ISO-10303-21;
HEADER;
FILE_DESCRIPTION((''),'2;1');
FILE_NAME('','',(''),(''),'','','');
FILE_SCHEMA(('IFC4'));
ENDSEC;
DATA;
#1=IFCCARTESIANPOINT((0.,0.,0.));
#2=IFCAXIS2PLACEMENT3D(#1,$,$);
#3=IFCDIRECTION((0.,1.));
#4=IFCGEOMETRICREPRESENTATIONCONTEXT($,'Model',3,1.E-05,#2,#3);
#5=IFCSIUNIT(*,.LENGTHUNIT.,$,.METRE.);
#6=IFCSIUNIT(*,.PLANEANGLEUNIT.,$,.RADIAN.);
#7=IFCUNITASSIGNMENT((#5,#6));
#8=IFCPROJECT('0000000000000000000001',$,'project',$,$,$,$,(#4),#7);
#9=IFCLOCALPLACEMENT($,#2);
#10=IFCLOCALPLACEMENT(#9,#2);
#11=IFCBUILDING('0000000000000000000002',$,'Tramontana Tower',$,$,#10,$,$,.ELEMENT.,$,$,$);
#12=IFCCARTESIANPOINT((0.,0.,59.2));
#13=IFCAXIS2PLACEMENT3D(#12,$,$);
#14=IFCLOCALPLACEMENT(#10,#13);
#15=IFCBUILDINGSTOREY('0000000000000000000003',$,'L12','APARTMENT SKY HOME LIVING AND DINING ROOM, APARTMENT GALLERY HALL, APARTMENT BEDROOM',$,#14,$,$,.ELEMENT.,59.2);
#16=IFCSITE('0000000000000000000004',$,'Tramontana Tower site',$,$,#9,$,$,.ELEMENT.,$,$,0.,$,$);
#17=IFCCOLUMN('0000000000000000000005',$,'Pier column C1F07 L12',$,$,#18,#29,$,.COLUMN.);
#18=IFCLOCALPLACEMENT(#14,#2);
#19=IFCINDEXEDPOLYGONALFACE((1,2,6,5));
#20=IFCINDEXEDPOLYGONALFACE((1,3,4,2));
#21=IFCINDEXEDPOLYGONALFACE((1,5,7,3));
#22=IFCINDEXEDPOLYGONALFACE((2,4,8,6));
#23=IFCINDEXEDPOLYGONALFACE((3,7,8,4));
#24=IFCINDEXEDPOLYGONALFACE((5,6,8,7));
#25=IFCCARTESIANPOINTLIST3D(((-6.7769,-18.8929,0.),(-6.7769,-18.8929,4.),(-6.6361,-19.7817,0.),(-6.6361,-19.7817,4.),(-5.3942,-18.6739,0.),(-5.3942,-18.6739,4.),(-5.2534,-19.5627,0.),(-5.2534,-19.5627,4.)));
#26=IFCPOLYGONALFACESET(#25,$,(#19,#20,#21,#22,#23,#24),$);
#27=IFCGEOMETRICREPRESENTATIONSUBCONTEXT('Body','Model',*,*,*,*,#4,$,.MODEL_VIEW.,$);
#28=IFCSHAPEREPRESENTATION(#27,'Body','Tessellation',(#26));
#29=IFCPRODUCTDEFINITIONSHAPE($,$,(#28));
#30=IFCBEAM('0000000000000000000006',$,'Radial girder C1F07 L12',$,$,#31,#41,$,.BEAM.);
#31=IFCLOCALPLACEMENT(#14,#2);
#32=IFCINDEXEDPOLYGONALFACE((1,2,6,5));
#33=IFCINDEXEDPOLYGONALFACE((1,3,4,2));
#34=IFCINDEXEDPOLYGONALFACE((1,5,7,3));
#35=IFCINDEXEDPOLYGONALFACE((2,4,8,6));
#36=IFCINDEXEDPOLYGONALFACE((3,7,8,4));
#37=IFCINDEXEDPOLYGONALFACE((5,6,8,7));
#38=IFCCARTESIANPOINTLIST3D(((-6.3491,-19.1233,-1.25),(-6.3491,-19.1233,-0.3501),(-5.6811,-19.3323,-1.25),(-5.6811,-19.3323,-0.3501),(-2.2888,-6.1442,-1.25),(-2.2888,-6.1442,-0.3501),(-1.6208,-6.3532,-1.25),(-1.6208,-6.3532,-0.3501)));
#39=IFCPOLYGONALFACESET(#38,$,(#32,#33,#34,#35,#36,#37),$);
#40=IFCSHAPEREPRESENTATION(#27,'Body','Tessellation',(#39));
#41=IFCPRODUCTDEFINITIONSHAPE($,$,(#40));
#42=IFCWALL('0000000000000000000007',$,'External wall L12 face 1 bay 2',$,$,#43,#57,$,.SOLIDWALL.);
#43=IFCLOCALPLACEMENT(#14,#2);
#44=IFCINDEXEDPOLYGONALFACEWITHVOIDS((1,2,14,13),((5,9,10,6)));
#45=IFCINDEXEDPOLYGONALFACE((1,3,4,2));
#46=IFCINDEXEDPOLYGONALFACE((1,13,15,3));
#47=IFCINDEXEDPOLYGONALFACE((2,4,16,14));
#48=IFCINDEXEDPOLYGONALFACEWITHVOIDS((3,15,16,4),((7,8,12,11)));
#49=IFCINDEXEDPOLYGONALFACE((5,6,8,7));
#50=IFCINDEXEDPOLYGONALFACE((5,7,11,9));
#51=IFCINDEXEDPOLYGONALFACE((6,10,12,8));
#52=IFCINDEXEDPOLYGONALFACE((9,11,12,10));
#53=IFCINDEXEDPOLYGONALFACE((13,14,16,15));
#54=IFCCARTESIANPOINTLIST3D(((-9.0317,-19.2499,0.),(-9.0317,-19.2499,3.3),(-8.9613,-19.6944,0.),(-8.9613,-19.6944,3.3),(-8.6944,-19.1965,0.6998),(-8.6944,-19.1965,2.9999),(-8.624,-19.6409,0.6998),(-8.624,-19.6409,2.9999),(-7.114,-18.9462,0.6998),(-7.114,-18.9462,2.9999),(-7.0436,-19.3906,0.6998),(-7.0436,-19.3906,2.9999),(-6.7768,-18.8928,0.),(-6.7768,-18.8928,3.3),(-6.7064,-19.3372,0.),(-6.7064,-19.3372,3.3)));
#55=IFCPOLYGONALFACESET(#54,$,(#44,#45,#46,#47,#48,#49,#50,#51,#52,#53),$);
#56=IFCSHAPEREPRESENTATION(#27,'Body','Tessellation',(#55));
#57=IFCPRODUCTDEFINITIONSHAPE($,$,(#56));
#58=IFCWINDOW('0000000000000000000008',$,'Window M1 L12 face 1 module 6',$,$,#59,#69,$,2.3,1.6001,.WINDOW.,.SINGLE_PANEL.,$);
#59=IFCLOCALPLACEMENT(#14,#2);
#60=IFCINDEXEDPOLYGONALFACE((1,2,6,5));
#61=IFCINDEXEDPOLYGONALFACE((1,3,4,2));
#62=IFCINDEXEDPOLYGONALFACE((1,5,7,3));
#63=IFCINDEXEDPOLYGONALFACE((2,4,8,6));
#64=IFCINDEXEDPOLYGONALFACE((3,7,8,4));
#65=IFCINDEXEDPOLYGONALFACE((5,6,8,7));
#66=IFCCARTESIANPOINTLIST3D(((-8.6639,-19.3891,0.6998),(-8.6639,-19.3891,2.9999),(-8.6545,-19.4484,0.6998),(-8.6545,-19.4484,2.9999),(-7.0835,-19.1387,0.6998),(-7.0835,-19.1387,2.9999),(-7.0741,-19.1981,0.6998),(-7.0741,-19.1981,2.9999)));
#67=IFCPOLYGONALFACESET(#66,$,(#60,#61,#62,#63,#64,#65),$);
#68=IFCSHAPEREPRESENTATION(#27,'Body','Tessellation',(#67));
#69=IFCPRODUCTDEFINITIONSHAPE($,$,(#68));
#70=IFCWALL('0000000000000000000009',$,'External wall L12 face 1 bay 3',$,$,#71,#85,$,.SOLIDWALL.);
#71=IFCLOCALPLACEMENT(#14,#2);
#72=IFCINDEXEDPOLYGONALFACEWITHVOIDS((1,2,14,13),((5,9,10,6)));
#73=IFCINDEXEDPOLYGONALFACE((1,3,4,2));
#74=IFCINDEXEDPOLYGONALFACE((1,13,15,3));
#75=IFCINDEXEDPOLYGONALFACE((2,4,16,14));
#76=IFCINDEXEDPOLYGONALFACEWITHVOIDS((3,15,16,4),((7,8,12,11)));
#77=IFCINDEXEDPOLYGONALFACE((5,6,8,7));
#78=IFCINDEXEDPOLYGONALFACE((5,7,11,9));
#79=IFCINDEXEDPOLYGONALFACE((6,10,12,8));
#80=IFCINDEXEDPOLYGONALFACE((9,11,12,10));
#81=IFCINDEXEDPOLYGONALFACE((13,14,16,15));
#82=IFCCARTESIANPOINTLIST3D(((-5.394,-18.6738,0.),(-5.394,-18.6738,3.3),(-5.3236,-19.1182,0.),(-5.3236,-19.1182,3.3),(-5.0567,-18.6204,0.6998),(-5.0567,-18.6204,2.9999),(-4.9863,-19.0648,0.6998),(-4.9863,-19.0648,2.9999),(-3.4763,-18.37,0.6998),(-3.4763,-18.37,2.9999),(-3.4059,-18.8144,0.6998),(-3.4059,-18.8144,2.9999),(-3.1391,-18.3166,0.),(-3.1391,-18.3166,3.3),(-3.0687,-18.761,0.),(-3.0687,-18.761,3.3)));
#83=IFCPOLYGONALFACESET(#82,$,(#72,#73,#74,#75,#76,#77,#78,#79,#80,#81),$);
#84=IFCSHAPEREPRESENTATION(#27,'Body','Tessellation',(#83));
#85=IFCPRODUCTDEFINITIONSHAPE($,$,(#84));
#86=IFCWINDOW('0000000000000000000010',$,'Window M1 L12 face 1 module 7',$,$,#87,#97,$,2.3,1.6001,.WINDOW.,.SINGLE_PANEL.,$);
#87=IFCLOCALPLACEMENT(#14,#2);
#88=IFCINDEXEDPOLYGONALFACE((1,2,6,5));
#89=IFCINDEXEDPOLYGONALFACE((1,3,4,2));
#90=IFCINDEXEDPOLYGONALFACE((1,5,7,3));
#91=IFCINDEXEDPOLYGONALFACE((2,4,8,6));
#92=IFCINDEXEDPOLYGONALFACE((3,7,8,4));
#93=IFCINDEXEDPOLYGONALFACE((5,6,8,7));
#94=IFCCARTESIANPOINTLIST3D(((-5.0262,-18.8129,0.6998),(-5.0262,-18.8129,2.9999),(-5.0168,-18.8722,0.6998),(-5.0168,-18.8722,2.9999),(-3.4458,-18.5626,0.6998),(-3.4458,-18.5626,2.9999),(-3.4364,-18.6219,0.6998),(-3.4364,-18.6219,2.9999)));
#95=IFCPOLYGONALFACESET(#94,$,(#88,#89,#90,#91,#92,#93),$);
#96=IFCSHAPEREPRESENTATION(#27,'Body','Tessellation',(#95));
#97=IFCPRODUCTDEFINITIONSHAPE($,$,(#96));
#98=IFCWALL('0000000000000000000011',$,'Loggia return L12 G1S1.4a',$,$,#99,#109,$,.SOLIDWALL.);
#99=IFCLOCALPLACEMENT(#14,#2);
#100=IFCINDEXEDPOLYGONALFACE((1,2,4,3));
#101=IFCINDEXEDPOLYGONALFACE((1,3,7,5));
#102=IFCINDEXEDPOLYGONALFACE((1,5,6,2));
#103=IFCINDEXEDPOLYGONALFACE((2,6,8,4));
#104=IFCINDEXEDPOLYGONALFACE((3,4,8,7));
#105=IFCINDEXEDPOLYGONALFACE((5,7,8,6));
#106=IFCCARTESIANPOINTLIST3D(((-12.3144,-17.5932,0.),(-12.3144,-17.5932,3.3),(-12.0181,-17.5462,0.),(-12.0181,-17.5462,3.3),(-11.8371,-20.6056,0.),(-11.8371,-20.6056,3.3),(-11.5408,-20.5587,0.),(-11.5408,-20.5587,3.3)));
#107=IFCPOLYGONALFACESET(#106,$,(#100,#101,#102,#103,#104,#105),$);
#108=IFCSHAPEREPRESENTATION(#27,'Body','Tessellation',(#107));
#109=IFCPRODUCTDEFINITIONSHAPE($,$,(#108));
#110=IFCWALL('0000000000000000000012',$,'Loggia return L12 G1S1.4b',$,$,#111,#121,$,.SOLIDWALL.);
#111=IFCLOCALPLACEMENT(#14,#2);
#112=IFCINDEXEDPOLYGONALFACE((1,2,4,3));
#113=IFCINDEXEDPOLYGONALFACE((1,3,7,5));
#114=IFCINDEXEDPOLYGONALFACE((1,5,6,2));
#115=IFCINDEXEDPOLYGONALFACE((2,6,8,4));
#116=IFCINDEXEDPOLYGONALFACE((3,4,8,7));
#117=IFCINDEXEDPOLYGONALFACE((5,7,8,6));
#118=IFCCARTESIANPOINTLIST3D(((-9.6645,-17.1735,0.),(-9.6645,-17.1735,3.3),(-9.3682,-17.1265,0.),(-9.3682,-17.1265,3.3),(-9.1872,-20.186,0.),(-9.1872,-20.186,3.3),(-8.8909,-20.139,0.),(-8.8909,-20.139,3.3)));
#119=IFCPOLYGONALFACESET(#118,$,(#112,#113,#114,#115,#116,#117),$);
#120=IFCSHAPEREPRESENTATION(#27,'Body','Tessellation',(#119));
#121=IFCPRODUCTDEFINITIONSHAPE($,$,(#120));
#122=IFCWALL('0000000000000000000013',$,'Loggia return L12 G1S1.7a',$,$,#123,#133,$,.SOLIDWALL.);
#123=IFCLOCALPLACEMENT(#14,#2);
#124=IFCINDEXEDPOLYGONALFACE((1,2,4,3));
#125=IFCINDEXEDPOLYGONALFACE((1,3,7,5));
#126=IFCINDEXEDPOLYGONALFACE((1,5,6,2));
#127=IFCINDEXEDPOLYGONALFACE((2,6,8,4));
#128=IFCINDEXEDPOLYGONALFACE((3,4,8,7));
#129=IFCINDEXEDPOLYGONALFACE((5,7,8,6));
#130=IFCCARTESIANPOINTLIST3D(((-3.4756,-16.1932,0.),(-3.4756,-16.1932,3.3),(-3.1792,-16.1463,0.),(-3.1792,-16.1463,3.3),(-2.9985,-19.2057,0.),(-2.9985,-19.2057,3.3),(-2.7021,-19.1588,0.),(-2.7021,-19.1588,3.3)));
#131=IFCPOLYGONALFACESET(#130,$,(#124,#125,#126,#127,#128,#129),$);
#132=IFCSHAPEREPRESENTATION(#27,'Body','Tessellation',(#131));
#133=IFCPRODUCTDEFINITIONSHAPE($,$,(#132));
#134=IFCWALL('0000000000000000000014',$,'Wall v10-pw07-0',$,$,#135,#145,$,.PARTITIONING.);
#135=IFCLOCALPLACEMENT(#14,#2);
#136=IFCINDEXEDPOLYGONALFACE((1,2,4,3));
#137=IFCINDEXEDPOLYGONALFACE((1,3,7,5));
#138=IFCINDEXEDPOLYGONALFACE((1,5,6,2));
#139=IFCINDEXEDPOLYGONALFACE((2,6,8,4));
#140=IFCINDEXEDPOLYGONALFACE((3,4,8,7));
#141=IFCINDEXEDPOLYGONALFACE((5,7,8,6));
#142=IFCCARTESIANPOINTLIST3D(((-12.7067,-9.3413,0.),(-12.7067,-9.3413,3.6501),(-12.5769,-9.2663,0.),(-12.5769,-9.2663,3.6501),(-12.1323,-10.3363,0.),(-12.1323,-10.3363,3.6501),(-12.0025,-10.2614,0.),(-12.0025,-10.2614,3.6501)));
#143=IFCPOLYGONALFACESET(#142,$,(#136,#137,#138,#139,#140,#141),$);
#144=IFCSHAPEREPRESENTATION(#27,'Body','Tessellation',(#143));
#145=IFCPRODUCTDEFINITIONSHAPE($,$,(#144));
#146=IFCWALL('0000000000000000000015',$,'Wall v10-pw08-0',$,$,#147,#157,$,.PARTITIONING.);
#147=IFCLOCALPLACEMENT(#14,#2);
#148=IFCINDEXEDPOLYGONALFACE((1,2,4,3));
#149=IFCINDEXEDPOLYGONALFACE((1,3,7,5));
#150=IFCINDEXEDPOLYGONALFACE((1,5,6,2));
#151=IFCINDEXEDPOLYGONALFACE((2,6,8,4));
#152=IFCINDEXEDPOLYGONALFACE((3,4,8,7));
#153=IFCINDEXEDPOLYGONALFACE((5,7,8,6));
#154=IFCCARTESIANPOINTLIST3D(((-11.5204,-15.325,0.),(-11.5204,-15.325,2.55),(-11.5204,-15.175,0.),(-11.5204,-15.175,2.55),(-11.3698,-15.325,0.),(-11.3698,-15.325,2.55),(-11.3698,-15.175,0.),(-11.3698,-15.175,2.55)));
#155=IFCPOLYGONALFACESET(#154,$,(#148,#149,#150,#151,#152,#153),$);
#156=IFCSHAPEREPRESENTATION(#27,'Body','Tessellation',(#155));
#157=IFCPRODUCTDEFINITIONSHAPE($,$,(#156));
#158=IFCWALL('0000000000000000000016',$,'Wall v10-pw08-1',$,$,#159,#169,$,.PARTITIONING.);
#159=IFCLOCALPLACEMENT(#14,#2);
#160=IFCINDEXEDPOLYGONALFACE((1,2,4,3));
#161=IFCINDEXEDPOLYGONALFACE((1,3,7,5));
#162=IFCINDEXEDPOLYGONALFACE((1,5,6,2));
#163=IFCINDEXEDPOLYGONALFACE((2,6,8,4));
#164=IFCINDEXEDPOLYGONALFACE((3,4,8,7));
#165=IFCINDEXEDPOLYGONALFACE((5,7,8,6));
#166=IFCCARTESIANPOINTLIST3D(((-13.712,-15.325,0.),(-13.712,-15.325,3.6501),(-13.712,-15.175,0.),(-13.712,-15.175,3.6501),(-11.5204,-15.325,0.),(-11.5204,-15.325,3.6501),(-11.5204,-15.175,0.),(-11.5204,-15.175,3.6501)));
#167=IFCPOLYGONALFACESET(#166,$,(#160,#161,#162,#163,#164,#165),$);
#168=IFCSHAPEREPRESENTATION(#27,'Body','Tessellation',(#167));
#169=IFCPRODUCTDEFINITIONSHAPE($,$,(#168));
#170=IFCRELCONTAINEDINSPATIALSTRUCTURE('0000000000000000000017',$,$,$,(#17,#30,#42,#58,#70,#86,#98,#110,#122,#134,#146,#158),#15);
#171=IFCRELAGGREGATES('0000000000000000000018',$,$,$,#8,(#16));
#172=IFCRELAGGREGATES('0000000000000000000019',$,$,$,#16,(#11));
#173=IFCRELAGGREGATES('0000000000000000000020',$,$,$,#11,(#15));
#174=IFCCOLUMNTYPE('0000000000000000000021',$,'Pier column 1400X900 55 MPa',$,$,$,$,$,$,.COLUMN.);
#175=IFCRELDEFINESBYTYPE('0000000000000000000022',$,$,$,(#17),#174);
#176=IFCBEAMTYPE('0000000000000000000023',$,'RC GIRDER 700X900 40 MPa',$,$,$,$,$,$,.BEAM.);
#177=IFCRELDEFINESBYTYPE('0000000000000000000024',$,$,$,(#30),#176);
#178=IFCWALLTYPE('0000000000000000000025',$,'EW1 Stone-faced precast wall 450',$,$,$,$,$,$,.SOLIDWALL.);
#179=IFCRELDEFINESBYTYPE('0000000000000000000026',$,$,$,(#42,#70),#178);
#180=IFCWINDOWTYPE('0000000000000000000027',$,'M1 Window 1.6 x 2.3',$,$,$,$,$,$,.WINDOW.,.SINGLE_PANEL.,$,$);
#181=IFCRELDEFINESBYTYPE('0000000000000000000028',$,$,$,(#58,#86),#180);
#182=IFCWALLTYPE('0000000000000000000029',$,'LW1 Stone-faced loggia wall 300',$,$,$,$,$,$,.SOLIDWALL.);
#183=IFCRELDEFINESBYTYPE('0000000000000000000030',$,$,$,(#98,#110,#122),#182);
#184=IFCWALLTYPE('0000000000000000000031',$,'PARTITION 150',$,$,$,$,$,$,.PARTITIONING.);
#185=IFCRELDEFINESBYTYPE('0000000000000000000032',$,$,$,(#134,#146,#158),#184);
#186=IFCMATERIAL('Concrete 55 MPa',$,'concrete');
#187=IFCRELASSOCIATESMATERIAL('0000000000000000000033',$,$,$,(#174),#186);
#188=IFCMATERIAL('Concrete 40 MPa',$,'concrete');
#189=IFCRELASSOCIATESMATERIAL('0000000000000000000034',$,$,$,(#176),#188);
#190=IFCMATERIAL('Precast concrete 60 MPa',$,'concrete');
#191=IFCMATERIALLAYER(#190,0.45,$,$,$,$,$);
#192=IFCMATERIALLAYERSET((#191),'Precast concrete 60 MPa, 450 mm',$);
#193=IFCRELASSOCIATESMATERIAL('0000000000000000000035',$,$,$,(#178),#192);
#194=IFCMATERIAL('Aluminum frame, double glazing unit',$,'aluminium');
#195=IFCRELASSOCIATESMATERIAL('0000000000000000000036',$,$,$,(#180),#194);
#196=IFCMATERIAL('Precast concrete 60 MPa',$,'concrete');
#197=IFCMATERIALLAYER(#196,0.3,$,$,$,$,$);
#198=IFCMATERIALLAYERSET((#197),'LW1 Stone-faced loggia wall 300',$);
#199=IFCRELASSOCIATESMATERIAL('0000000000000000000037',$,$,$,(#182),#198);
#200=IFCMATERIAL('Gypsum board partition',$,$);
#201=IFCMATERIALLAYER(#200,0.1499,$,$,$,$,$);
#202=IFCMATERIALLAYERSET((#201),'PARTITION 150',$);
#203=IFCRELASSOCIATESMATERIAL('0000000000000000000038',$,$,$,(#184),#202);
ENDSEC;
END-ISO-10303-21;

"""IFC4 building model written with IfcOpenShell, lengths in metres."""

from ifc_helpers import new_model, si_unit, direction, frame, frame_2d, origin, origin_2d, place, context, subcontext, project, spatial, rectangle, extrude, material, layer, layer_set, material_profile, profile_set, type_object, element, fill, save


model = new_model("IFC4")

# Units and contexts
model_context = context("Model", 3, precision=1e-05, world=origin(), true_north=direction((0.0, 1.0)))
body_context = subcontext(model_context, "Body", "Model", "MODEL_VIEW")
ifc_project = project(units=[si_unit("LENGTHUNIT", "METRE"), si_unit("PLANEANGLEUNIT", "RADIAN")], contexts=[model_context])

# Site, building, storey
site_placement = place(None, origin())
site = spatial("IfcSite", under=ifc_project, at=site_placement, Name="Tramontana Tower site", CompositionType="ELEMENT", RefElevation=0.0)
building_placement = place(site_placement, origin())
building = spatial("IfcBuilding", under=site, at=building_placement, Name="Tramontana Tower", CompositionType="ELEMENT")
storey_placement = place(building_placement, frame((0.0, 0.0, 59.2)))
storey = spatial("IfcBuildingStorey", under=building, at=storey_placement, Name="L12", Description="APARTMENT SKY HOME LIVING AND DINING ROOM, APARTMENT GALLERY HALL, APARTMENT BEDROOM", CompositionType="ELEMENT", Elevation=59.2)

# Column
ifc_material_1 = material(Name="Concrete 55 MPa", Category="concrete")
ifc_material_profile_1 = material_profile(ifc_material_1, rectangle(XDim=1.3999, YDim=0.8999, at=origin_2d()), Name="Pier column 1400X900 55 MPa")
ifc_profile_set_1 = profile_set([ifc_material_profile_1], Name="Concrete 55 MPa")
column_type = type_object("IfcColumnType", Name="Pier column 1400X900 55 MPa", PredefinedType="COLUMN", material=ifc_profile_set_1)
column_placement = place(storey_placement, frame((-6.0151, -19.2278, 0.0), z_axis=(0.0, 0.0, 1.0), x_axis=(0.987688, 0.156434, 0.0)))
element("IfcColumn", 1, at=column_placement, inside=storey, type_object=column_type, Name="Pier column C1F07 L12", PredefinedType="COLUMN", context=body_context, shape_type="SweptSolid", body=[
    extrude(rectangle(XDim=1.3999, YDim=0.8999, at=origin_2d()), origin(), (0.0, 0.0, 1.0), 4.0),
])

# Beam
ifc_material_2 = material(Name="Concrete 40 MPa", Category="concrete")
ifc_material_profile_2 = material_profile(ifc_material_2, rectangle(XDim=0.7, YDim=0.8999, at=origin_2d()), Name="RC GIRDER 700X900 40 MPa")
ifc_profile_set_2 = profile_set([ifc_material_profile_2], Name="Concrete 40 MPa")
beam_type = type_object("IfcBeamType", Name="RC GIRDER 700X900 40 MPa", PredefinedType="BEAM", material=ifc_profile_set_2)
beam_placement = place(storey_placement, frame((-6.0151, -19.2278, -0.8), z_axis=(0.298567, 0.954389, 0.0), x_axis=(-0.954389, 0.298567, 0.0)))
element("IfcBeam", 2, at=beam_placement, inside=storey, type_object=beam_type, Name="Radial girder C1F07 L12", PredefinedType="BEAM", context=body_context, shape_type="SweptSolid", body=[
    extrude(rectangle(XDim=0.7, YDim=0.8999, at=origin_2d()), origin(), (0.0, 0.0, 1.0), 13.5994),
])

# Walls, openings, windows
ifc_material_3 = material(Name="Precast concrete 60 MPa", Category="concrete")
ifc_layer_1 = layer(ifc_material_3, 0.45)
ifc_layer_set_1 = layer_set([ifc_layer_1], Name="Precast concrete 60 MPa, 450 mm")
wall_type_1 = type_object("IfcWallType", Name="EW1 Stone-faced precast wall 450", PredefinedType="SOLIDWALL", material=ifc_layer_set_1)
wall_1_placement = place(storey_placement, frame((-8.9966, -19.4722, 0.0), z_axis=(0.0, 0.0, 1.0), x_axis=(0.987686, 0.156451, 0.0)))
wall_1 = element("IfcWall", 3, at=wall_1_placement, inside=storey, type_object=wall_type_1, Name="External wall L12 face 1 bay 2", PredefinedType="SOLIDWALL", context=body_context, shape_type="SweptSolid", body=[
    extrude(rectangle(XDim=2.283, YDim=0.45, at=frame_2d((1.1416, 0.0))), origin(), (0.0, 0.0, 1.0), 3.3),
])
opening_1_placement = place(wall_1_placement, frame((0.3416, 0.0, 0.7)))
opening_1 = element("IfcOpeningElement", 4, at=opening_1_placement, cuts=wall_1, PredefinedType="OPENING", context=body_context, shape_type="SweptSolid", body=[
    extrude(rectangle(XDim=1.6001, YDim=2.3, at=frame_2d((0.8, 1.1499))), frame((0.0, 0.2349, 0.0), z_axis=(0.0, -1.0, 0.0), x_axis=(1.0, 0.0, 0.0)), (0.0, 0.0, 1.0), 0.47),
])
ifc_material_4 = material(Name="Aluminum frame, double glazing unit", Category="aluminium")
window_type = type_object("IfcWindowType", Name="M1 Window 1.6 x 2.3", PartitioningType="SINGLE_PANEL", PredefinedType="WINDOW", material=ifc_material_4)
window_1_placement = place(opening_1_placement, origin())
window_1 = element("IfcWindow", 5, at=window_1_placement, inside=storey, type_object=window_type, Name="Window M1 L12 face 1 module 6", OverallHeight=2.3, OverallWidth=1.6001, PartitioningType="SINGLE_PANEL", PredefinedType="WINDOW", context=body_context, shape_type="SweptSolid", body=[
    extrude(rectangle(XDim=1.6001, YDim=2.3, at=frame_2d((0.8, 1.1499))), frame((0.0, 0.03, 0.0), z_axis=(0.0, -1.0, 0.0), x_axis=(1.0, 0.0, 0.0)), (0.0, 0.0, 1.0), 0.0601),
])
fill(opening_1, window_1)
wall_2_placement = place(storey_placement, frame((-5.3589, -18.896, 0.0), z_axis=(0.0, 0.0, 1.0), x_axis=(0.987686, 0.156451, 0.0)))
wall_2 = element("IfcWall", 6, at=wall_2_placement, inside=storey, type_object=wall_type_1, Name="External wall L12 face 1 bay 3", PredefinedType="SOLIDWALL", context=body_context, shape_type="SweptSolid", body=[
    extrude(rectangle(XDim=2.283, YDim=0.45, at=frame_2d((1.1416, 0.0))), origin(), (0.0, 0.0, 1.0), 3.3),
])
opening_2_placement = place(wall_2_placement, frame((0.3416, 0.0, 0.7)))
opening_2 = element("IfcOpeningElement", 7, at=opening_2_placement, cuts=wall_2, PredefinedType="OPENING", context=body_context, shape_type="SweptSolid", body=[
    extrude(rectangle(XDim=1.6001, YDim=2.3, at=frame_2d((0.8, 1.1499))), frame((0.0, 0.2349, 0.0), z_axis=(0.0, -1.0, 0.0), x_axis=(1.0, 0.0, 0.0)), (0.0, 0.0, 1.0), 0.47),
])
window_2_placement = place(opening_2_placement, origin())
window_2 = element("IfcWindow", 8, at=window_2_placement, inside=storey, type_object=window_type, Name="Window M1 L12 face 1 module 7", OverallHeight=2.3, OverallWidth=1.6001, PartitioningType="SINGLE_PANEL", PredefinedType="WINDOW", context=body_context, shape_type="SweptSolid", body=[
    extrude(rectangle(XDim=1.6001, YDim=2.3, at=frame_2d((0.8, 1.1499))), frame((0.0, 0.03, 0.0), z_axis=(0.0, -1.0, 0.0), x_axis=(1.0, 0.0, 0.0)), (0.0, 0.0, 1.0), 0.0601),
])
fill(opening_2, window_2)

# Shared definitions
ifc_material_5 = material(Name="Precast concrete 60 MPa", Category="concrete")
ifc_layer_2 = layer(ifc_material_5, 0.3)
ifc_layer_set_2 = layer_set([ifc_layer_2], Name="LW1 Stone-faced loggia wall 300")
wall_type_2 = type_object("IfcWallType", Name="LW1 Stone-faced loggia wall 300", PredefinedType="SOLIDWALL", material=ifc_layer_set_2)

# Walls
for number, where, z_axis, x_axis, name in (
    (9, (-11.689, -20.582, 0.0), (0.0, 0.0, 1.0), (-0.156489, 0.98768, 0.0), "Loggia return L12 G1S1.4a"),
    (10, (-9.0391, -20.1624, 0.0), (0.0, 0.0, 1.0), (-0.156489, 0.98768, 0.0), "Loggia return L12 G1S1.4b"),
):
    element("IfcWall", number, at=place(storey_placement, frame(where, z_axis=z_axis, x_axis=x_axis)), inside=storey, type_object=wall_type_2, Name=name, PredefinedType="SOLIDWALL", context=body_context, shape_type="SweptSolid", body=[
        extrude(rectangle(XDim=3.05, YDim=0.3, at=frame_2d((1.5249, 0.0))), origin(), (0.0, 0.0, 1.0), 3.3),
    ])

# Walls
wall_3_placement = place(storey_placement, frame((-2.8503, -19.1821, 0.0), z_axis=(0.0, 0.0, 1.0), x_axis=(-0.156411, 0.987692, 0.0)))
element("IfcWall", 11, at=wall_3_placement, inside=storey, type_object=wall_type_2, Name="Loggia return L12 G1S1.7a", PredefinedType="SOLIDWALL", context=body_context, shape_type="SweptSolid", body=[
    extrude(rectangle(XDim=3.05, YDim=0.3, at=frame_2d((1.5249, 0.0))), origin(), (0.0, 0.0, 1.0), 3.3),
])
ifc_material_6 = material(Name="Gypsum board partition")
ifc_layer_3 = layer(ifc_material_6, 0.1499)
ifc_layer_set_3 = layer_set([ifc_layer_3], Name="PARTITION 150")
wall_type_3 = type_object("IfcWallType", Name="PARTITION 150", PredefinedType="PARTITIONING", material=ifc_layer_set_3)
wall_4_placement = place(storey_placement, frame((-12.0674, -10.2988, 0.0), z_axis=(0.0, 0.0, 1.0), x_axis=(-0.499955, 0.866051, 0.0)))
element("IfcWall", 12, at=wall_4_placement, inside=storey, type_object=wall_type_3, Name="Wall v10-pw07-0", PredefinedType="PARTITIONING", context=body_context, shape_type="SweptSolid", body=[
    extrude(rectangle(XDim=1.1489, YDim=0.1499, at=frame_2d((0.5745, 0.0))), origin(), (0.0, 0.0, 1.0), 3.6501),
])

# Walls
wall_5_placement = place(storey_placement, frame((-11.3699, -15.25, 0.0), z_axis=(0.0, 0.0, 1.0), x_axis=(-1.0, 0.0, 0.0)))
element("IfcWall", 13, at=wall_5_placement, inside=storey, type_object=wall_type_3, Name="Wall v10-pw08-0", PredefinedType="PARTITIONING", context=body_context, shape_type="SweptSolid", body=[
    extrude(rectangle(XDim=0.1506, YDim=0.1499, at=frame_2d((0.0752, 0.0))), origin(), (0.0, 0.0, 1.0), 2.55),
])
wall_6_placement = place(storey_placement, frame((-11.5205, -15.25, 0.0), z_axis=(0.0, 0.0, 1.0), x_axis=(-1.0, 0.0, 0.0)))
element("IfcWall", 14, at=wall_6_placement, inside=storey, type_object=wall_type_3, Name="Wall v10-pw08-1", PredefinedType="PARTITIONING", context=body_context, shape_type="SweptSolid", body=[
    extrude(rectangle(XDim=2.1917, YDim=0.1499, at=frame_2d((1.0957, 0.0))), origin(), (0.0, 0.0, 1.0), 3.6501),
])

save(model, "model.ifc")
